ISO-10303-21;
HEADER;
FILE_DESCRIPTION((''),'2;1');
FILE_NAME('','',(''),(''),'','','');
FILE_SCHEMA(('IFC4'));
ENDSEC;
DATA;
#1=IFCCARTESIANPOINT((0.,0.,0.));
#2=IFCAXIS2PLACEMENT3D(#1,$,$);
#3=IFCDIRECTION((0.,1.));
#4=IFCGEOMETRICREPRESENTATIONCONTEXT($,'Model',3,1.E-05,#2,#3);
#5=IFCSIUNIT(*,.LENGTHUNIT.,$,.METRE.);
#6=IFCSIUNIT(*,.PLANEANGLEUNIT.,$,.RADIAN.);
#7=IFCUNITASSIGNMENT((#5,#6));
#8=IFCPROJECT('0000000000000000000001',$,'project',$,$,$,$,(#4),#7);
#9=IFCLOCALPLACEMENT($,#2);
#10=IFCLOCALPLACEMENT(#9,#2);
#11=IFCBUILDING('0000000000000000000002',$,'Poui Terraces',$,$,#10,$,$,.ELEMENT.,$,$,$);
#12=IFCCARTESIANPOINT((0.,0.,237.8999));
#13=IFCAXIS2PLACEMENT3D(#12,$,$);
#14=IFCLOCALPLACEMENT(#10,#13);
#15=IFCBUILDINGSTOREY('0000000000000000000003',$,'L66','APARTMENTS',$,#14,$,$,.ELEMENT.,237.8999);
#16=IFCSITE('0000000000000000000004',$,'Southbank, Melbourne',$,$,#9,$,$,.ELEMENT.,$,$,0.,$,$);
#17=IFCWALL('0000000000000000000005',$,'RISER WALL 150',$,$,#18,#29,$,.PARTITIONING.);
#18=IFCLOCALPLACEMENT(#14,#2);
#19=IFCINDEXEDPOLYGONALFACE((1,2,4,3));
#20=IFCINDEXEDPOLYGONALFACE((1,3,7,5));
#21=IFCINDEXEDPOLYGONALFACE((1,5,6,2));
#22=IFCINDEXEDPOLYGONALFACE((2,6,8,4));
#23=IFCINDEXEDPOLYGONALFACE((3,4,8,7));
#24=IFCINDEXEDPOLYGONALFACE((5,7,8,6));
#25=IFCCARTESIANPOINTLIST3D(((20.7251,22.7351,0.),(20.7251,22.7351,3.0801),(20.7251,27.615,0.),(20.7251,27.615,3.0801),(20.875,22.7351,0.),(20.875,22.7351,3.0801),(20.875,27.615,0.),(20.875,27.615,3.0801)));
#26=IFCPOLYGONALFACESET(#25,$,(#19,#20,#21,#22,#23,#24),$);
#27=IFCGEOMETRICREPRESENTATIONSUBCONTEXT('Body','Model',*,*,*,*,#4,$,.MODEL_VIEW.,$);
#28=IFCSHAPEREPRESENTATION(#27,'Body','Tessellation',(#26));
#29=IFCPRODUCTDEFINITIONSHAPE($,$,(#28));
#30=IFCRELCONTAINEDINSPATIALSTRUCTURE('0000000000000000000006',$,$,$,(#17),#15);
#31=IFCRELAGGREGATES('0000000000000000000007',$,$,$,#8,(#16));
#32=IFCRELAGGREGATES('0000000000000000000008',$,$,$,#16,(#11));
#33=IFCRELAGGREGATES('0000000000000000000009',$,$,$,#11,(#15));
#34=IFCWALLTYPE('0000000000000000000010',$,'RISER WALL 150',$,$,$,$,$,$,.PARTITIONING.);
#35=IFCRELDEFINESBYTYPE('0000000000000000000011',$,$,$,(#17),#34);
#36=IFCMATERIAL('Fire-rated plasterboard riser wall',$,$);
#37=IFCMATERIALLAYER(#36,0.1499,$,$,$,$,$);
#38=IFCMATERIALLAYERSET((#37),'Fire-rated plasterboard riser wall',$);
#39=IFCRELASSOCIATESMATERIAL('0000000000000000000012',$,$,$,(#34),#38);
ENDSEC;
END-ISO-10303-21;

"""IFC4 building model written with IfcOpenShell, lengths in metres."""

from ifc_helpers import new_model, si_unit, direction, frame, frame_2d, origin, place, context, subcontext, project, spatial, rectangle, extrude, material, layer, layer_set, type_object, element, save


model = new_model("IFC4")

# Units and contexts
model_context = context("Model", 3, precision=1e-05, world=origin(), true_north=direction((0.0, 1.0)))
body_context = subcontext(model_context, "Body", "Model", "MODEL_VIEW")
ifc_project = project(units=[si_unit("LENGTHUNIT", "METRE"), si_unit("PLANEANGLEUNIT", "RADIAN")], contexts=[model_context])

# Site, building, storey
site_placement = place(None, origin())
site = spatial("IfcSite", under=ifc_project, at=site_placement, Name="Southbank, Melbourne", CompositionType="ELEMENT", RefElevation=0.0)
building_placement = place(site_placement, origin())
building = spatial("IfcBuilding", under=site, at=building_placement, Name="Poui Terraces", CompositionType="ELEMENT")
storey_placement = place(building_placement, frame((0.0, 0.0, 237.8999)))
storey = spatial("IfcBuildingStorey", under=building, at=storey_placement, Name="L66", Description="APARTMENTS", CompositionType="ELEMENT", Elevation=237.8999)

# Wall
ifc_material_1 = material(Name="Fire-rated plasterboard riser wall")
ifc_layer_1 = layer(ifc_material_1, 0.1499)
ifc_layer_set_1 = layer_set([ifc_layer_1], Name="Fire-rated plasterboard riser wall")
wall_type_1 = type_object("IfcWallType", Name="RISER WALL 150", PredefinedType="PARTITIONING", material=ifc_layer_set_1)
wall_1_placement = place(storey_placement, frame((20.8, 22.7351, 0.0), z_axis=(0.0, 0.0, 1.0), x_axis=(0.0, 1.0, 0.0)))
element("IfcWall", 1, at=wall_1_placement, inside=storey, type_object=wall_type_1, Name="RISER WALL 150", PredefinedType="PARTITIONING", context=body_context, shape_type="SweptSolid", body=[
    extrude(rectangle(XDim=4.8799, YDim=0.1499, at=frame_2d((2.4399, 0.0))), origin(), (0.0, 0.0, 1.0), 3.0801),
])

save(model, "model.ifc")
